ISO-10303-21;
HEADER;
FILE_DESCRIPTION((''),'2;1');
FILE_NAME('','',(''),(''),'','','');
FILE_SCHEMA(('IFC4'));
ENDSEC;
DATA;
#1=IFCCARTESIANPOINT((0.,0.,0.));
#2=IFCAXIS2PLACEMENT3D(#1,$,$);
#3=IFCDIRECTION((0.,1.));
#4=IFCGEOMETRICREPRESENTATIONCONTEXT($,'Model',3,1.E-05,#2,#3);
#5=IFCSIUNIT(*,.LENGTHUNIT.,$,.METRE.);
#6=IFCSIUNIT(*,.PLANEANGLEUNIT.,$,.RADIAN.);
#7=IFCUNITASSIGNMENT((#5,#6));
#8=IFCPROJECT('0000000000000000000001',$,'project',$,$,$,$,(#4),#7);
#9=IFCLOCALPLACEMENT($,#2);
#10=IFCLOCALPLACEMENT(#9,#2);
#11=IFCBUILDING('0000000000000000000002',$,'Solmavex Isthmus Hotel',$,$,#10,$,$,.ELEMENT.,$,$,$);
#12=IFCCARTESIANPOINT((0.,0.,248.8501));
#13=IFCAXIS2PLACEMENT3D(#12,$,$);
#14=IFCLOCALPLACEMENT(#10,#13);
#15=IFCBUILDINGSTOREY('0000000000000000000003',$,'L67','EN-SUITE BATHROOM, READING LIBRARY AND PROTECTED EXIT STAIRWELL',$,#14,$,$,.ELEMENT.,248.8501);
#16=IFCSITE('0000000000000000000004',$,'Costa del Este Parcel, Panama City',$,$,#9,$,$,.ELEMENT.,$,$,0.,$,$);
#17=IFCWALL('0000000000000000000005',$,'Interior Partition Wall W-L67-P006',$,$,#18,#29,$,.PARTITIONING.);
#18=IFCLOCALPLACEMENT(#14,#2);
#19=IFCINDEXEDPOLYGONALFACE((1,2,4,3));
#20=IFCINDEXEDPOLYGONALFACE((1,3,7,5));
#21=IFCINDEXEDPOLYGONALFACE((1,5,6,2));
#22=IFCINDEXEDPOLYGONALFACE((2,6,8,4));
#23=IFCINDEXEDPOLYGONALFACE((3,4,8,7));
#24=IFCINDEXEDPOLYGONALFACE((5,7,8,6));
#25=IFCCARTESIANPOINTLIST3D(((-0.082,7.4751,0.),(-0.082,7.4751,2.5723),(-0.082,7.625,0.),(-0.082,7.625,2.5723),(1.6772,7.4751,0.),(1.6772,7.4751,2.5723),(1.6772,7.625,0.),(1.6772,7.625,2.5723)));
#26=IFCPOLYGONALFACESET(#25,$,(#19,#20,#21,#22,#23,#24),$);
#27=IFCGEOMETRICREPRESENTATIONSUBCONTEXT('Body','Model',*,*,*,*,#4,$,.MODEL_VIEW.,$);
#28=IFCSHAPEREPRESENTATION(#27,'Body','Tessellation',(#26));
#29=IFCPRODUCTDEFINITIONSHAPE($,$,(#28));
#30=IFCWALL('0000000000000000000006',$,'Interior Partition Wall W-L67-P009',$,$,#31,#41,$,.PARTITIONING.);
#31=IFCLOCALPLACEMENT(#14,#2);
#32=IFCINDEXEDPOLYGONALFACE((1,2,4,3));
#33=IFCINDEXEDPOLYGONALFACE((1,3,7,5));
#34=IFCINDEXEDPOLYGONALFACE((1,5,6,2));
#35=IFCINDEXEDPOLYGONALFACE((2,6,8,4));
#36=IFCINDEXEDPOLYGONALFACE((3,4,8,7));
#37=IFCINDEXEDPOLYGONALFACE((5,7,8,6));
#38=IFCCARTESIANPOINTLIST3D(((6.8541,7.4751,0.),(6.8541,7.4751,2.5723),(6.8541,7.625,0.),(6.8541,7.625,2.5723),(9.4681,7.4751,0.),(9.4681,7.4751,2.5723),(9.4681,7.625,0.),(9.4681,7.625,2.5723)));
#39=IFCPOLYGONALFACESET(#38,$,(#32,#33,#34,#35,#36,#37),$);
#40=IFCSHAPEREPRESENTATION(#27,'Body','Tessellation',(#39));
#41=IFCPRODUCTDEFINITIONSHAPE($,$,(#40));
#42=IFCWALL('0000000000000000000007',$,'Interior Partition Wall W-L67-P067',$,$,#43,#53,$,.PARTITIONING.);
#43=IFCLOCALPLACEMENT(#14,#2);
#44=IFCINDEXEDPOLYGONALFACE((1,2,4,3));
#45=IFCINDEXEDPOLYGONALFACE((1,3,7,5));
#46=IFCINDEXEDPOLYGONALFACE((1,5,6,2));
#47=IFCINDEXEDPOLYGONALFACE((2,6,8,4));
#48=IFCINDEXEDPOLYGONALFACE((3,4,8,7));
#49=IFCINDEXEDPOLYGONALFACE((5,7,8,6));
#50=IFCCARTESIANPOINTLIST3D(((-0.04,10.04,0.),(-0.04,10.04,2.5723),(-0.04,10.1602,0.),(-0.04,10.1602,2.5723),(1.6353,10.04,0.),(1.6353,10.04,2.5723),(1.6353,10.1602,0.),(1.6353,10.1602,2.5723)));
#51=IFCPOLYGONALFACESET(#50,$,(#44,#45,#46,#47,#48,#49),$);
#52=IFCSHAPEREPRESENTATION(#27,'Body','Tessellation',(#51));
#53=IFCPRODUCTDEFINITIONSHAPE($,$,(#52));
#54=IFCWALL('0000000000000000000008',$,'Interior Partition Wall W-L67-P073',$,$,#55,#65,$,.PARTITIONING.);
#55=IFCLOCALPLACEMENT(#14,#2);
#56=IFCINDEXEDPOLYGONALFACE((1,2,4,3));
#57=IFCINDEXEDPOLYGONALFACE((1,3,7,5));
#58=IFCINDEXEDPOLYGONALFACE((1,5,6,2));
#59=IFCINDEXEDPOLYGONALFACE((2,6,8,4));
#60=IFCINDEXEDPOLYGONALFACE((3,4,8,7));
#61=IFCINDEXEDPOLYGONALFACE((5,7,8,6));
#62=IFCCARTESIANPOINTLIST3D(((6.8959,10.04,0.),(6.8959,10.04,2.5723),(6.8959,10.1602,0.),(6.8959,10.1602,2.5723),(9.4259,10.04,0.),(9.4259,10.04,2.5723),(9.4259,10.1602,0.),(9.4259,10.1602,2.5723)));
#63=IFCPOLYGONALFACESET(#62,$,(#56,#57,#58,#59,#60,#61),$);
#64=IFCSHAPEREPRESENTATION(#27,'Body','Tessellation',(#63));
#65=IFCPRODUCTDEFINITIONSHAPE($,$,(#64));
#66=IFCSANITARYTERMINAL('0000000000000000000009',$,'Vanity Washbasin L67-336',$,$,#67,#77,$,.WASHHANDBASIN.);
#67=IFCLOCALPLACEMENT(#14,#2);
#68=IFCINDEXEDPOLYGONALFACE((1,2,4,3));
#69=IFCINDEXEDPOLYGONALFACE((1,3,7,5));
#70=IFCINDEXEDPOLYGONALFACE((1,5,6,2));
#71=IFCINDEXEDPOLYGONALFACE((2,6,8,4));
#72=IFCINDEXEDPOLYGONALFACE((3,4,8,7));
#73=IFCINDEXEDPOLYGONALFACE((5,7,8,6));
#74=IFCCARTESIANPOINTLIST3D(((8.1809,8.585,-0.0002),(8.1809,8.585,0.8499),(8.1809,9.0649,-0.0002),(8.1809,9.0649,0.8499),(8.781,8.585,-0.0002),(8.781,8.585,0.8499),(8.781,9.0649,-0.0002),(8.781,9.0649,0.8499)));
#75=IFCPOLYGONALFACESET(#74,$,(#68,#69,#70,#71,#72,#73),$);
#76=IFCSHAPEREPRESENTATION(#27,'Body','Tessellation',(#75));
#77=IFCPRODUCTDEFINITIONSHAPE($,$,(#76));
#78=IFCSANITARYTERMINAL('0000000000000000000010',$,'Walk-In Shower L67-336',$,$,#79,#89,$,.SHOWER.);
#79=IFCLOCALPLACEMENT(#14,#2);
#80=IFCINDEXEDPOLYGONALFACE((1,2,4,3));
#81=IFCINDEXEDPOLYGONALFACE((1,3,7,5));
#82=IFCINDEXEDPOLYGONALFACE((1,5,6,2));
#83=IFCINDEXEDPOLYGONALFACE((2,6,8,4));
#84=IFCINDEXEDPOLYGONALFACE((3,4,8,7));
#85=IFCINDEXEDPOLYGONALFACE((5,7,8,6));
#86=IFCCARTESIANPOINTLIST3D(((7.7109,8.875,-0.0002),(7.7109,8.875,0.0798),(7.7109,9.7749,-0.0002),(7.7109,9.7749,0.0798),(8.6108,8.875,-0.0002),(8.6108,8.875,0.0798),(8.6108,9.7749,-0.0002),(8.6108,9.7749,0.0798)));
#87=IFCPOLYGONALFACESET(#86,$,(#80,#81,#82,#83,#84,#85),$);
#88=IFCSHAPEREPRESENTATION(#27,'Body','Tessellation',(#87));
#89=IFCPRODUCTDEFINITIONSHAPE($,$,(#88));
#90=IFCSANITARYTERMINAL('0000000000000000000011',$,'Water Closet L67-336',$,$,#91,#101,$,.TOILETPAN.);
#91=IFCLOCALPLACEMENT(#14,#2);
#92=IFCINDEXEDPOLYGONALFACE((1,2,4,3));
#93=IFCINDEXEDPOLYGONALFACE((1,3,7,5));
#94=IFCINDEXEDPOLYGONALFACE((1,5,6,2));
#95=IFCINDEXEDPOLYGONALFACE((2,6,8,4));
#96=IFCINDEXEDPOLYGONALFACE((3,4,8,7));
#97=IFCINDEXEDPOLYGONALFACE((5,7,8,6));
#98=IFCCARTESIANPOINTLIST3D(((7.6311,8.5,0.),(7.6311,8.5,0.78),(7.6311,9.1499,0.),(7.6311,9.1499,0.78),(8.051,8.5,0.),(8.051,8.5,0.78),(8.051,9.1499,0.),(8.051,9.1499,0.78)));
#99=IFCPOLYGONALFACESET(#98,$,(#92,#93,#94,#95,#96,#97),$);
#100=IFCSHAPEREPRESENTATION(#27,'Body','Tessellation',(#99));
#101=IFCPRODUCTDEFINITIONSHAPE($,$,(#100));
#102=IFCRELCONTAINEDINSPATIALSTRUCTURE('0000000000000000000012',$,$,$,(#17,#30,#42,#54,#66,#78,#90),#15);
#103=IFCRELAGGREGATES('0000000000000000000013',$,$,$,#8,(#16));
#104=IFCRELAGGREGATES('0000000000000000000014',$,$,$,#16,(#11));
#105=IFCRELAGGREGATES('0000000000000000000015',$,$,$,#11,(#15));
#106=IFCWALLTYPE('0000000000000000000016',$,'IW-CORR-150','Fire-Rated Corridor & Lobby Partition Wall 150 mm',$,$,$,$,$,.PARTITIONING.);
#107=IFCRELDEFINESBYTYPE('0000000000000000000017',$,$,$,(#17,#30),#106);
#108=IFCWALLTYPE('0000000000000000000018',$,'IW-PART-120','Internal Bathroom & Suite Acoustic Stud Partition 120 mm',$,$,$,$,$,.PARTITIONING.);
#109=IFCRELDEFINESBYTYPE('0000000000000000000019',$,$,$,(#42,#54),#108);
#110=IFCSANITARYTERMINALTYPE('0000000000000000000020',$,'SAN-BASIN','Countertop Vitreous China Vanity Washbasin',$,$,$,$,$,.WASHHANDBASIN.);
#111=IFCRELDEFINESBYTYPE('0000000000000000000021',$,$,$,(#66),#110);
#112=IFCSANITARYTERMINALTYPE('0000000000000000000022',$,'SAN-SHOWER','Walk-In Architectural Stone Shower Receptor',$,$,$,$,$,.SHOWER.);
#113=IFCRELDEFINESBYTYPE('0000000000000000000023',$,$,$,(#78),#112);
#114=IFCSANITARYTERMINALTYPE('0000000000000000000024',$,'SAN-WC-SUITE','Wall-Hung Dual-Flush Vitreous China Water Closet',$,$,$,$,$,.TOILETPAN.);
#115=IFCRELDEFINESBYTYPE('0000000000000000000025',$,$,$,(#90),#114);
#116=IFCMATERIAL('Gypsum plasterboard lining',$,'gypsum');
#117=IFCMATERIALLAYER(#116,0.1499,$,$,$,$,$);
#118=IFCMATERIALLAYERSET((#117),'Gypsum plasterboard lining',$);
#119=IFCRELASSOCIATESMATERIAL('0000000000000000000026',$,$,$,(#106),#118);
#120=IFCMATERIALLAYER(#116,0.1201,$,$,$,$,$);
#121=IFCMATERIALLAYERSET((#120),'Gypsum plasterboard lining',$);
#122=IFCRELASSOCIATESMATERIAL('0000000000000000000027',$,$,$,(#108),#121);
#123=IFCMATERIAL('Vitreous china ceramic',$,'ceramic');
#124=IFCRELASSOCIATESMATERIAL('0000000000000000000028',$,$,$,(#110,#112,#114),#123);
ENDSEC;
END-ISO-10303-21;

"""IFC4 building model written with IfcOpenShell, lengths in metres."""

from ifc_helpers import new_model, si_unit, direction, frame, frame_2d, origin, origin_2d, place, context, subcontext, project, spatial, rectangle, extrude, material, layer, layer_set, type_object, element, save


model = new_model("IFC4")

# Units and contexts
model_context = context("Model", 3, precision=1e-05, world=origin(), true_north=direction((0.0, 1.0)))
body_context = subcontext(model_context, "Body", "Model", "MODEL_VIEW")
ifc_project = project(units=[si_unit("LENGTHUNIT", "METRE"), si_unit("PLANEANGLEUNIT", "RADIAN")], contexts=[model_context])

# Site, building, storey
site_placement = place(None, origin())
site = spatial("IfcSite", under=ifc_project, at=site_placement, Name="Costa del Este Parcel, Panama City", CompositionType="ELEMENT", RefElevation=0.0)
building_placement = place(site_placement, origin())
building = spatial("IfcBuilding", under=site, at=building_placement, Name="Solmavex Isthmus Hotel", CompositionType="ELEMENT")
storey_placement = place(building_placement, frame((0.0, 0.0, 248.8501)))
storey = spatial("IfcBuildingStorey", under=building, at=storey_placement, Name="L67", Description="EN-SUITE BATHROOM, READING LIBRARY AND PROTECTED EXIT STAIRWELL", CompositionType="ELEMENT", Elevation=248.8501)

# Shared definitions
ifc_material_1 = material(Name="Gypsum plasterboard lining", Category="gypsum")

# Shared definitions
ifc_layer_1 = layer(ifc_material_1, 0.1499)
ifc_layer_set_1 = layer_set([ifc_layer_1], Name="Gypsum plasterboard lining")
wall_type_1 = type_object("IfcWallType", Name="IW-CORR-150", Description="Fire-Rated Corridor & Lobby Partition Wall 150 mm", PredefinedType="PARTITIONING", material=ifc_layer_set_1)

# Wall
wall_1_placement = place(storey_placement, frame((-0.082, 7.55, 0.0), z_axis=(0.0, 0.0, 1.0), x_axis=(1.0, 0.0, 0.0)))
element("IfcWall", 1, at=wall_1_placement, inside=storey, type_object=wall_type_1, Name="Interior Partition Wall W-L67-P006", PredefinedType="PARTITIONING", context=body_context, shape_type="SweptSolid", body=[
    extrude(rectangle(XDim=1.7593, YDim=0.1499, at=frame_2d((0.8796, 0.0))), origin(), (0.0, 0.0, 1.0), 2.5723),
])

# Walls
wall_2_placement = place(storey_placement, frame((6.854, 7.55, 0.0), z_axis=(0.0, 0.0, 1.0), x_axis=(1.0, 0.0, 0.0)))
element("IfcWall", 2, at=wall_2_placement, inside=storey, type_object=wall_type_1, Name="Interior Partition Wall W-L67-P009", PredefinedType="PARTITIONING", context=body_context, shape_type="SweptSolid", body=[
    extrude(rectangle(XDim=2.614, YDim=0.1499, at=frame_2d((1.3071, 0.0))), origin(), (0.0, 0.0, 1.0), 2.5723),
])
ifc_layer_2 = layer(ifc_material_1, 0.1201)
ifc_layer_set_2 = layer_set([ifc_layer_2], Name="Gypsum plasterboard lining")
wall_type_2 = type_object("IfcWallType", Name="IW-PART-120", Description="Internal Bathroom & Suite Acoustic Stud Partition 120 mm", PredefinedType="PARTITIONING", material=ifc_layer_set_2)
wall_3_placement = place(storey_placement, frame((1.6353, 10.1001, 0.0), z_axis=(0.0, 0.0, 1.0), x_axis=(-1.0, 0.0, 0.0)))
element("IfcWall", 3, at=wall_3_placement, inside=storey, type_object=wall_type_2, Name="Interior Partition Wall W-L67-P067", PredefinedType="PARTITIONING", context=body_context, shape_type="SweptSolid", body=[
    extrude(rectangle(XDim=1.6753, YDim=0.1201, at=frame_2d((0.8376, 0.0))), origin(), (0.0, 0.0, 1.0), 2.5723),
])
wall_4_placement = place(storey_placement, frame((9.426, 10.1001, 0.0), z_axis=(0.0, 0.0, 1.0), x_axis=(-1.0, 0.0, 0.0)))
element("IfcWall", 4, at=wall_4_placement, inside=storey, type_object=wall_type_2, Name="Interior Partition Wall W-L67-P073", PredefinedType="PARTITIONING", context=body_context, shape_type="SweptSolid", body=[
    extrude(rectangle(XDim=2.53, YDim=0.1201, at=frame_2d((1.2651, 0.0))), origin(), (0.0, 0.0, 1.0), 2.5723),
])

# Sanitary terminals
ifc_material_2 = material(Name="Vitreous china ceramic", Category="ceramic")
sanitary_terminal_type_1 = type_object("IfcSanitaryTerminalType", Name="SAN-BASIN", Description="Countertop Vitreous China Vanity Washbasin", PredefinedType="WASHHANDBASIN", material=ifc_material_2)
sanitary_terminal_1_placement = place(storey_placement, frame((8.481, 8.825, -0.0002), z_axis=(0.0, 0.0, 1.0), x_axis=(1.0, 0.0, 0.0)))
element("IfcSanitaryTerminal", 5, at=sanitary_terminal_1_placement, inside=storey, type_object=sanitary_terminal_type_1, Name="Vanity Washbasin L67-336", PredefinedType="WASHHANDBASIN", context=body_context, shape_type="SweptSolid", body=[
    extrude(rectangle(XDim=0.6001, YDim=0.48, at=origin_2d()), origin(), (0.0, 0.0, 1.0), 0.8501),
])
sanitary_terminal_type_2 = type_object("IfcSanitaryTerminalType", Name="SAN-SHOWER", Description="Walk-In Architectural Stone Shower Receptor", PredefinedType="SHOWER", material=ifc_material_2)
sanitary_terminal_2_placement = place(storey_placement, frame((8.1609, 9.325, -0.0002), z_axis=(0.0, 0.0, 1.0), x_axis=(1.0, 0.0, 0.0)))
element("IfcSanitaryTerminal", 6, at=sanitary_terminal_2_placement, inside=storey, type_object=sanitary_terminal_type_2, Name="Walk-In Shower L67-336", PredefinedType="SHOWER", context=body_context, shape_type="SweptSolid", body=[
    extrude(rectangle(XDim=0.8999, YDim=0.8999, at=origin_2d()), origin(), (0.0, 0.0, 1.0), 0.0801),
])
sanitary_terminal_type_3 = type_object("IfcSanitaryTerminalType", Name="SAN-WC-SUITE", Description="Wall-Hung Dual-Flush Vitreous China Water Closet", PredefinedType="TOILETPAN", material=ifc_material_2)
sanitary_terminal_3_placement = place(storey_placement, frame((7.8411, 8.825, 0.0), z_axis=(0.0, 0.0, 1.0), x_axis=(1.0, 0.0, 0.0)))
element("IfcSanitaryTerminal", 7, at=sanitary_terminal_3_placement, inside=storey, type_object=sanitary_terminal_type_3, Name="Water Closet L67-336", PredefinedType="TOILETPAN", context=body_context, shape_type="SweptSolid", body=[
    extrude(rectangle(XDim=0.4199, YDim=0.6499, at=origin_2d()), origin(), (0.0, 0.0, 1.0), 0.78),
])

save(model, "model.ifc")
